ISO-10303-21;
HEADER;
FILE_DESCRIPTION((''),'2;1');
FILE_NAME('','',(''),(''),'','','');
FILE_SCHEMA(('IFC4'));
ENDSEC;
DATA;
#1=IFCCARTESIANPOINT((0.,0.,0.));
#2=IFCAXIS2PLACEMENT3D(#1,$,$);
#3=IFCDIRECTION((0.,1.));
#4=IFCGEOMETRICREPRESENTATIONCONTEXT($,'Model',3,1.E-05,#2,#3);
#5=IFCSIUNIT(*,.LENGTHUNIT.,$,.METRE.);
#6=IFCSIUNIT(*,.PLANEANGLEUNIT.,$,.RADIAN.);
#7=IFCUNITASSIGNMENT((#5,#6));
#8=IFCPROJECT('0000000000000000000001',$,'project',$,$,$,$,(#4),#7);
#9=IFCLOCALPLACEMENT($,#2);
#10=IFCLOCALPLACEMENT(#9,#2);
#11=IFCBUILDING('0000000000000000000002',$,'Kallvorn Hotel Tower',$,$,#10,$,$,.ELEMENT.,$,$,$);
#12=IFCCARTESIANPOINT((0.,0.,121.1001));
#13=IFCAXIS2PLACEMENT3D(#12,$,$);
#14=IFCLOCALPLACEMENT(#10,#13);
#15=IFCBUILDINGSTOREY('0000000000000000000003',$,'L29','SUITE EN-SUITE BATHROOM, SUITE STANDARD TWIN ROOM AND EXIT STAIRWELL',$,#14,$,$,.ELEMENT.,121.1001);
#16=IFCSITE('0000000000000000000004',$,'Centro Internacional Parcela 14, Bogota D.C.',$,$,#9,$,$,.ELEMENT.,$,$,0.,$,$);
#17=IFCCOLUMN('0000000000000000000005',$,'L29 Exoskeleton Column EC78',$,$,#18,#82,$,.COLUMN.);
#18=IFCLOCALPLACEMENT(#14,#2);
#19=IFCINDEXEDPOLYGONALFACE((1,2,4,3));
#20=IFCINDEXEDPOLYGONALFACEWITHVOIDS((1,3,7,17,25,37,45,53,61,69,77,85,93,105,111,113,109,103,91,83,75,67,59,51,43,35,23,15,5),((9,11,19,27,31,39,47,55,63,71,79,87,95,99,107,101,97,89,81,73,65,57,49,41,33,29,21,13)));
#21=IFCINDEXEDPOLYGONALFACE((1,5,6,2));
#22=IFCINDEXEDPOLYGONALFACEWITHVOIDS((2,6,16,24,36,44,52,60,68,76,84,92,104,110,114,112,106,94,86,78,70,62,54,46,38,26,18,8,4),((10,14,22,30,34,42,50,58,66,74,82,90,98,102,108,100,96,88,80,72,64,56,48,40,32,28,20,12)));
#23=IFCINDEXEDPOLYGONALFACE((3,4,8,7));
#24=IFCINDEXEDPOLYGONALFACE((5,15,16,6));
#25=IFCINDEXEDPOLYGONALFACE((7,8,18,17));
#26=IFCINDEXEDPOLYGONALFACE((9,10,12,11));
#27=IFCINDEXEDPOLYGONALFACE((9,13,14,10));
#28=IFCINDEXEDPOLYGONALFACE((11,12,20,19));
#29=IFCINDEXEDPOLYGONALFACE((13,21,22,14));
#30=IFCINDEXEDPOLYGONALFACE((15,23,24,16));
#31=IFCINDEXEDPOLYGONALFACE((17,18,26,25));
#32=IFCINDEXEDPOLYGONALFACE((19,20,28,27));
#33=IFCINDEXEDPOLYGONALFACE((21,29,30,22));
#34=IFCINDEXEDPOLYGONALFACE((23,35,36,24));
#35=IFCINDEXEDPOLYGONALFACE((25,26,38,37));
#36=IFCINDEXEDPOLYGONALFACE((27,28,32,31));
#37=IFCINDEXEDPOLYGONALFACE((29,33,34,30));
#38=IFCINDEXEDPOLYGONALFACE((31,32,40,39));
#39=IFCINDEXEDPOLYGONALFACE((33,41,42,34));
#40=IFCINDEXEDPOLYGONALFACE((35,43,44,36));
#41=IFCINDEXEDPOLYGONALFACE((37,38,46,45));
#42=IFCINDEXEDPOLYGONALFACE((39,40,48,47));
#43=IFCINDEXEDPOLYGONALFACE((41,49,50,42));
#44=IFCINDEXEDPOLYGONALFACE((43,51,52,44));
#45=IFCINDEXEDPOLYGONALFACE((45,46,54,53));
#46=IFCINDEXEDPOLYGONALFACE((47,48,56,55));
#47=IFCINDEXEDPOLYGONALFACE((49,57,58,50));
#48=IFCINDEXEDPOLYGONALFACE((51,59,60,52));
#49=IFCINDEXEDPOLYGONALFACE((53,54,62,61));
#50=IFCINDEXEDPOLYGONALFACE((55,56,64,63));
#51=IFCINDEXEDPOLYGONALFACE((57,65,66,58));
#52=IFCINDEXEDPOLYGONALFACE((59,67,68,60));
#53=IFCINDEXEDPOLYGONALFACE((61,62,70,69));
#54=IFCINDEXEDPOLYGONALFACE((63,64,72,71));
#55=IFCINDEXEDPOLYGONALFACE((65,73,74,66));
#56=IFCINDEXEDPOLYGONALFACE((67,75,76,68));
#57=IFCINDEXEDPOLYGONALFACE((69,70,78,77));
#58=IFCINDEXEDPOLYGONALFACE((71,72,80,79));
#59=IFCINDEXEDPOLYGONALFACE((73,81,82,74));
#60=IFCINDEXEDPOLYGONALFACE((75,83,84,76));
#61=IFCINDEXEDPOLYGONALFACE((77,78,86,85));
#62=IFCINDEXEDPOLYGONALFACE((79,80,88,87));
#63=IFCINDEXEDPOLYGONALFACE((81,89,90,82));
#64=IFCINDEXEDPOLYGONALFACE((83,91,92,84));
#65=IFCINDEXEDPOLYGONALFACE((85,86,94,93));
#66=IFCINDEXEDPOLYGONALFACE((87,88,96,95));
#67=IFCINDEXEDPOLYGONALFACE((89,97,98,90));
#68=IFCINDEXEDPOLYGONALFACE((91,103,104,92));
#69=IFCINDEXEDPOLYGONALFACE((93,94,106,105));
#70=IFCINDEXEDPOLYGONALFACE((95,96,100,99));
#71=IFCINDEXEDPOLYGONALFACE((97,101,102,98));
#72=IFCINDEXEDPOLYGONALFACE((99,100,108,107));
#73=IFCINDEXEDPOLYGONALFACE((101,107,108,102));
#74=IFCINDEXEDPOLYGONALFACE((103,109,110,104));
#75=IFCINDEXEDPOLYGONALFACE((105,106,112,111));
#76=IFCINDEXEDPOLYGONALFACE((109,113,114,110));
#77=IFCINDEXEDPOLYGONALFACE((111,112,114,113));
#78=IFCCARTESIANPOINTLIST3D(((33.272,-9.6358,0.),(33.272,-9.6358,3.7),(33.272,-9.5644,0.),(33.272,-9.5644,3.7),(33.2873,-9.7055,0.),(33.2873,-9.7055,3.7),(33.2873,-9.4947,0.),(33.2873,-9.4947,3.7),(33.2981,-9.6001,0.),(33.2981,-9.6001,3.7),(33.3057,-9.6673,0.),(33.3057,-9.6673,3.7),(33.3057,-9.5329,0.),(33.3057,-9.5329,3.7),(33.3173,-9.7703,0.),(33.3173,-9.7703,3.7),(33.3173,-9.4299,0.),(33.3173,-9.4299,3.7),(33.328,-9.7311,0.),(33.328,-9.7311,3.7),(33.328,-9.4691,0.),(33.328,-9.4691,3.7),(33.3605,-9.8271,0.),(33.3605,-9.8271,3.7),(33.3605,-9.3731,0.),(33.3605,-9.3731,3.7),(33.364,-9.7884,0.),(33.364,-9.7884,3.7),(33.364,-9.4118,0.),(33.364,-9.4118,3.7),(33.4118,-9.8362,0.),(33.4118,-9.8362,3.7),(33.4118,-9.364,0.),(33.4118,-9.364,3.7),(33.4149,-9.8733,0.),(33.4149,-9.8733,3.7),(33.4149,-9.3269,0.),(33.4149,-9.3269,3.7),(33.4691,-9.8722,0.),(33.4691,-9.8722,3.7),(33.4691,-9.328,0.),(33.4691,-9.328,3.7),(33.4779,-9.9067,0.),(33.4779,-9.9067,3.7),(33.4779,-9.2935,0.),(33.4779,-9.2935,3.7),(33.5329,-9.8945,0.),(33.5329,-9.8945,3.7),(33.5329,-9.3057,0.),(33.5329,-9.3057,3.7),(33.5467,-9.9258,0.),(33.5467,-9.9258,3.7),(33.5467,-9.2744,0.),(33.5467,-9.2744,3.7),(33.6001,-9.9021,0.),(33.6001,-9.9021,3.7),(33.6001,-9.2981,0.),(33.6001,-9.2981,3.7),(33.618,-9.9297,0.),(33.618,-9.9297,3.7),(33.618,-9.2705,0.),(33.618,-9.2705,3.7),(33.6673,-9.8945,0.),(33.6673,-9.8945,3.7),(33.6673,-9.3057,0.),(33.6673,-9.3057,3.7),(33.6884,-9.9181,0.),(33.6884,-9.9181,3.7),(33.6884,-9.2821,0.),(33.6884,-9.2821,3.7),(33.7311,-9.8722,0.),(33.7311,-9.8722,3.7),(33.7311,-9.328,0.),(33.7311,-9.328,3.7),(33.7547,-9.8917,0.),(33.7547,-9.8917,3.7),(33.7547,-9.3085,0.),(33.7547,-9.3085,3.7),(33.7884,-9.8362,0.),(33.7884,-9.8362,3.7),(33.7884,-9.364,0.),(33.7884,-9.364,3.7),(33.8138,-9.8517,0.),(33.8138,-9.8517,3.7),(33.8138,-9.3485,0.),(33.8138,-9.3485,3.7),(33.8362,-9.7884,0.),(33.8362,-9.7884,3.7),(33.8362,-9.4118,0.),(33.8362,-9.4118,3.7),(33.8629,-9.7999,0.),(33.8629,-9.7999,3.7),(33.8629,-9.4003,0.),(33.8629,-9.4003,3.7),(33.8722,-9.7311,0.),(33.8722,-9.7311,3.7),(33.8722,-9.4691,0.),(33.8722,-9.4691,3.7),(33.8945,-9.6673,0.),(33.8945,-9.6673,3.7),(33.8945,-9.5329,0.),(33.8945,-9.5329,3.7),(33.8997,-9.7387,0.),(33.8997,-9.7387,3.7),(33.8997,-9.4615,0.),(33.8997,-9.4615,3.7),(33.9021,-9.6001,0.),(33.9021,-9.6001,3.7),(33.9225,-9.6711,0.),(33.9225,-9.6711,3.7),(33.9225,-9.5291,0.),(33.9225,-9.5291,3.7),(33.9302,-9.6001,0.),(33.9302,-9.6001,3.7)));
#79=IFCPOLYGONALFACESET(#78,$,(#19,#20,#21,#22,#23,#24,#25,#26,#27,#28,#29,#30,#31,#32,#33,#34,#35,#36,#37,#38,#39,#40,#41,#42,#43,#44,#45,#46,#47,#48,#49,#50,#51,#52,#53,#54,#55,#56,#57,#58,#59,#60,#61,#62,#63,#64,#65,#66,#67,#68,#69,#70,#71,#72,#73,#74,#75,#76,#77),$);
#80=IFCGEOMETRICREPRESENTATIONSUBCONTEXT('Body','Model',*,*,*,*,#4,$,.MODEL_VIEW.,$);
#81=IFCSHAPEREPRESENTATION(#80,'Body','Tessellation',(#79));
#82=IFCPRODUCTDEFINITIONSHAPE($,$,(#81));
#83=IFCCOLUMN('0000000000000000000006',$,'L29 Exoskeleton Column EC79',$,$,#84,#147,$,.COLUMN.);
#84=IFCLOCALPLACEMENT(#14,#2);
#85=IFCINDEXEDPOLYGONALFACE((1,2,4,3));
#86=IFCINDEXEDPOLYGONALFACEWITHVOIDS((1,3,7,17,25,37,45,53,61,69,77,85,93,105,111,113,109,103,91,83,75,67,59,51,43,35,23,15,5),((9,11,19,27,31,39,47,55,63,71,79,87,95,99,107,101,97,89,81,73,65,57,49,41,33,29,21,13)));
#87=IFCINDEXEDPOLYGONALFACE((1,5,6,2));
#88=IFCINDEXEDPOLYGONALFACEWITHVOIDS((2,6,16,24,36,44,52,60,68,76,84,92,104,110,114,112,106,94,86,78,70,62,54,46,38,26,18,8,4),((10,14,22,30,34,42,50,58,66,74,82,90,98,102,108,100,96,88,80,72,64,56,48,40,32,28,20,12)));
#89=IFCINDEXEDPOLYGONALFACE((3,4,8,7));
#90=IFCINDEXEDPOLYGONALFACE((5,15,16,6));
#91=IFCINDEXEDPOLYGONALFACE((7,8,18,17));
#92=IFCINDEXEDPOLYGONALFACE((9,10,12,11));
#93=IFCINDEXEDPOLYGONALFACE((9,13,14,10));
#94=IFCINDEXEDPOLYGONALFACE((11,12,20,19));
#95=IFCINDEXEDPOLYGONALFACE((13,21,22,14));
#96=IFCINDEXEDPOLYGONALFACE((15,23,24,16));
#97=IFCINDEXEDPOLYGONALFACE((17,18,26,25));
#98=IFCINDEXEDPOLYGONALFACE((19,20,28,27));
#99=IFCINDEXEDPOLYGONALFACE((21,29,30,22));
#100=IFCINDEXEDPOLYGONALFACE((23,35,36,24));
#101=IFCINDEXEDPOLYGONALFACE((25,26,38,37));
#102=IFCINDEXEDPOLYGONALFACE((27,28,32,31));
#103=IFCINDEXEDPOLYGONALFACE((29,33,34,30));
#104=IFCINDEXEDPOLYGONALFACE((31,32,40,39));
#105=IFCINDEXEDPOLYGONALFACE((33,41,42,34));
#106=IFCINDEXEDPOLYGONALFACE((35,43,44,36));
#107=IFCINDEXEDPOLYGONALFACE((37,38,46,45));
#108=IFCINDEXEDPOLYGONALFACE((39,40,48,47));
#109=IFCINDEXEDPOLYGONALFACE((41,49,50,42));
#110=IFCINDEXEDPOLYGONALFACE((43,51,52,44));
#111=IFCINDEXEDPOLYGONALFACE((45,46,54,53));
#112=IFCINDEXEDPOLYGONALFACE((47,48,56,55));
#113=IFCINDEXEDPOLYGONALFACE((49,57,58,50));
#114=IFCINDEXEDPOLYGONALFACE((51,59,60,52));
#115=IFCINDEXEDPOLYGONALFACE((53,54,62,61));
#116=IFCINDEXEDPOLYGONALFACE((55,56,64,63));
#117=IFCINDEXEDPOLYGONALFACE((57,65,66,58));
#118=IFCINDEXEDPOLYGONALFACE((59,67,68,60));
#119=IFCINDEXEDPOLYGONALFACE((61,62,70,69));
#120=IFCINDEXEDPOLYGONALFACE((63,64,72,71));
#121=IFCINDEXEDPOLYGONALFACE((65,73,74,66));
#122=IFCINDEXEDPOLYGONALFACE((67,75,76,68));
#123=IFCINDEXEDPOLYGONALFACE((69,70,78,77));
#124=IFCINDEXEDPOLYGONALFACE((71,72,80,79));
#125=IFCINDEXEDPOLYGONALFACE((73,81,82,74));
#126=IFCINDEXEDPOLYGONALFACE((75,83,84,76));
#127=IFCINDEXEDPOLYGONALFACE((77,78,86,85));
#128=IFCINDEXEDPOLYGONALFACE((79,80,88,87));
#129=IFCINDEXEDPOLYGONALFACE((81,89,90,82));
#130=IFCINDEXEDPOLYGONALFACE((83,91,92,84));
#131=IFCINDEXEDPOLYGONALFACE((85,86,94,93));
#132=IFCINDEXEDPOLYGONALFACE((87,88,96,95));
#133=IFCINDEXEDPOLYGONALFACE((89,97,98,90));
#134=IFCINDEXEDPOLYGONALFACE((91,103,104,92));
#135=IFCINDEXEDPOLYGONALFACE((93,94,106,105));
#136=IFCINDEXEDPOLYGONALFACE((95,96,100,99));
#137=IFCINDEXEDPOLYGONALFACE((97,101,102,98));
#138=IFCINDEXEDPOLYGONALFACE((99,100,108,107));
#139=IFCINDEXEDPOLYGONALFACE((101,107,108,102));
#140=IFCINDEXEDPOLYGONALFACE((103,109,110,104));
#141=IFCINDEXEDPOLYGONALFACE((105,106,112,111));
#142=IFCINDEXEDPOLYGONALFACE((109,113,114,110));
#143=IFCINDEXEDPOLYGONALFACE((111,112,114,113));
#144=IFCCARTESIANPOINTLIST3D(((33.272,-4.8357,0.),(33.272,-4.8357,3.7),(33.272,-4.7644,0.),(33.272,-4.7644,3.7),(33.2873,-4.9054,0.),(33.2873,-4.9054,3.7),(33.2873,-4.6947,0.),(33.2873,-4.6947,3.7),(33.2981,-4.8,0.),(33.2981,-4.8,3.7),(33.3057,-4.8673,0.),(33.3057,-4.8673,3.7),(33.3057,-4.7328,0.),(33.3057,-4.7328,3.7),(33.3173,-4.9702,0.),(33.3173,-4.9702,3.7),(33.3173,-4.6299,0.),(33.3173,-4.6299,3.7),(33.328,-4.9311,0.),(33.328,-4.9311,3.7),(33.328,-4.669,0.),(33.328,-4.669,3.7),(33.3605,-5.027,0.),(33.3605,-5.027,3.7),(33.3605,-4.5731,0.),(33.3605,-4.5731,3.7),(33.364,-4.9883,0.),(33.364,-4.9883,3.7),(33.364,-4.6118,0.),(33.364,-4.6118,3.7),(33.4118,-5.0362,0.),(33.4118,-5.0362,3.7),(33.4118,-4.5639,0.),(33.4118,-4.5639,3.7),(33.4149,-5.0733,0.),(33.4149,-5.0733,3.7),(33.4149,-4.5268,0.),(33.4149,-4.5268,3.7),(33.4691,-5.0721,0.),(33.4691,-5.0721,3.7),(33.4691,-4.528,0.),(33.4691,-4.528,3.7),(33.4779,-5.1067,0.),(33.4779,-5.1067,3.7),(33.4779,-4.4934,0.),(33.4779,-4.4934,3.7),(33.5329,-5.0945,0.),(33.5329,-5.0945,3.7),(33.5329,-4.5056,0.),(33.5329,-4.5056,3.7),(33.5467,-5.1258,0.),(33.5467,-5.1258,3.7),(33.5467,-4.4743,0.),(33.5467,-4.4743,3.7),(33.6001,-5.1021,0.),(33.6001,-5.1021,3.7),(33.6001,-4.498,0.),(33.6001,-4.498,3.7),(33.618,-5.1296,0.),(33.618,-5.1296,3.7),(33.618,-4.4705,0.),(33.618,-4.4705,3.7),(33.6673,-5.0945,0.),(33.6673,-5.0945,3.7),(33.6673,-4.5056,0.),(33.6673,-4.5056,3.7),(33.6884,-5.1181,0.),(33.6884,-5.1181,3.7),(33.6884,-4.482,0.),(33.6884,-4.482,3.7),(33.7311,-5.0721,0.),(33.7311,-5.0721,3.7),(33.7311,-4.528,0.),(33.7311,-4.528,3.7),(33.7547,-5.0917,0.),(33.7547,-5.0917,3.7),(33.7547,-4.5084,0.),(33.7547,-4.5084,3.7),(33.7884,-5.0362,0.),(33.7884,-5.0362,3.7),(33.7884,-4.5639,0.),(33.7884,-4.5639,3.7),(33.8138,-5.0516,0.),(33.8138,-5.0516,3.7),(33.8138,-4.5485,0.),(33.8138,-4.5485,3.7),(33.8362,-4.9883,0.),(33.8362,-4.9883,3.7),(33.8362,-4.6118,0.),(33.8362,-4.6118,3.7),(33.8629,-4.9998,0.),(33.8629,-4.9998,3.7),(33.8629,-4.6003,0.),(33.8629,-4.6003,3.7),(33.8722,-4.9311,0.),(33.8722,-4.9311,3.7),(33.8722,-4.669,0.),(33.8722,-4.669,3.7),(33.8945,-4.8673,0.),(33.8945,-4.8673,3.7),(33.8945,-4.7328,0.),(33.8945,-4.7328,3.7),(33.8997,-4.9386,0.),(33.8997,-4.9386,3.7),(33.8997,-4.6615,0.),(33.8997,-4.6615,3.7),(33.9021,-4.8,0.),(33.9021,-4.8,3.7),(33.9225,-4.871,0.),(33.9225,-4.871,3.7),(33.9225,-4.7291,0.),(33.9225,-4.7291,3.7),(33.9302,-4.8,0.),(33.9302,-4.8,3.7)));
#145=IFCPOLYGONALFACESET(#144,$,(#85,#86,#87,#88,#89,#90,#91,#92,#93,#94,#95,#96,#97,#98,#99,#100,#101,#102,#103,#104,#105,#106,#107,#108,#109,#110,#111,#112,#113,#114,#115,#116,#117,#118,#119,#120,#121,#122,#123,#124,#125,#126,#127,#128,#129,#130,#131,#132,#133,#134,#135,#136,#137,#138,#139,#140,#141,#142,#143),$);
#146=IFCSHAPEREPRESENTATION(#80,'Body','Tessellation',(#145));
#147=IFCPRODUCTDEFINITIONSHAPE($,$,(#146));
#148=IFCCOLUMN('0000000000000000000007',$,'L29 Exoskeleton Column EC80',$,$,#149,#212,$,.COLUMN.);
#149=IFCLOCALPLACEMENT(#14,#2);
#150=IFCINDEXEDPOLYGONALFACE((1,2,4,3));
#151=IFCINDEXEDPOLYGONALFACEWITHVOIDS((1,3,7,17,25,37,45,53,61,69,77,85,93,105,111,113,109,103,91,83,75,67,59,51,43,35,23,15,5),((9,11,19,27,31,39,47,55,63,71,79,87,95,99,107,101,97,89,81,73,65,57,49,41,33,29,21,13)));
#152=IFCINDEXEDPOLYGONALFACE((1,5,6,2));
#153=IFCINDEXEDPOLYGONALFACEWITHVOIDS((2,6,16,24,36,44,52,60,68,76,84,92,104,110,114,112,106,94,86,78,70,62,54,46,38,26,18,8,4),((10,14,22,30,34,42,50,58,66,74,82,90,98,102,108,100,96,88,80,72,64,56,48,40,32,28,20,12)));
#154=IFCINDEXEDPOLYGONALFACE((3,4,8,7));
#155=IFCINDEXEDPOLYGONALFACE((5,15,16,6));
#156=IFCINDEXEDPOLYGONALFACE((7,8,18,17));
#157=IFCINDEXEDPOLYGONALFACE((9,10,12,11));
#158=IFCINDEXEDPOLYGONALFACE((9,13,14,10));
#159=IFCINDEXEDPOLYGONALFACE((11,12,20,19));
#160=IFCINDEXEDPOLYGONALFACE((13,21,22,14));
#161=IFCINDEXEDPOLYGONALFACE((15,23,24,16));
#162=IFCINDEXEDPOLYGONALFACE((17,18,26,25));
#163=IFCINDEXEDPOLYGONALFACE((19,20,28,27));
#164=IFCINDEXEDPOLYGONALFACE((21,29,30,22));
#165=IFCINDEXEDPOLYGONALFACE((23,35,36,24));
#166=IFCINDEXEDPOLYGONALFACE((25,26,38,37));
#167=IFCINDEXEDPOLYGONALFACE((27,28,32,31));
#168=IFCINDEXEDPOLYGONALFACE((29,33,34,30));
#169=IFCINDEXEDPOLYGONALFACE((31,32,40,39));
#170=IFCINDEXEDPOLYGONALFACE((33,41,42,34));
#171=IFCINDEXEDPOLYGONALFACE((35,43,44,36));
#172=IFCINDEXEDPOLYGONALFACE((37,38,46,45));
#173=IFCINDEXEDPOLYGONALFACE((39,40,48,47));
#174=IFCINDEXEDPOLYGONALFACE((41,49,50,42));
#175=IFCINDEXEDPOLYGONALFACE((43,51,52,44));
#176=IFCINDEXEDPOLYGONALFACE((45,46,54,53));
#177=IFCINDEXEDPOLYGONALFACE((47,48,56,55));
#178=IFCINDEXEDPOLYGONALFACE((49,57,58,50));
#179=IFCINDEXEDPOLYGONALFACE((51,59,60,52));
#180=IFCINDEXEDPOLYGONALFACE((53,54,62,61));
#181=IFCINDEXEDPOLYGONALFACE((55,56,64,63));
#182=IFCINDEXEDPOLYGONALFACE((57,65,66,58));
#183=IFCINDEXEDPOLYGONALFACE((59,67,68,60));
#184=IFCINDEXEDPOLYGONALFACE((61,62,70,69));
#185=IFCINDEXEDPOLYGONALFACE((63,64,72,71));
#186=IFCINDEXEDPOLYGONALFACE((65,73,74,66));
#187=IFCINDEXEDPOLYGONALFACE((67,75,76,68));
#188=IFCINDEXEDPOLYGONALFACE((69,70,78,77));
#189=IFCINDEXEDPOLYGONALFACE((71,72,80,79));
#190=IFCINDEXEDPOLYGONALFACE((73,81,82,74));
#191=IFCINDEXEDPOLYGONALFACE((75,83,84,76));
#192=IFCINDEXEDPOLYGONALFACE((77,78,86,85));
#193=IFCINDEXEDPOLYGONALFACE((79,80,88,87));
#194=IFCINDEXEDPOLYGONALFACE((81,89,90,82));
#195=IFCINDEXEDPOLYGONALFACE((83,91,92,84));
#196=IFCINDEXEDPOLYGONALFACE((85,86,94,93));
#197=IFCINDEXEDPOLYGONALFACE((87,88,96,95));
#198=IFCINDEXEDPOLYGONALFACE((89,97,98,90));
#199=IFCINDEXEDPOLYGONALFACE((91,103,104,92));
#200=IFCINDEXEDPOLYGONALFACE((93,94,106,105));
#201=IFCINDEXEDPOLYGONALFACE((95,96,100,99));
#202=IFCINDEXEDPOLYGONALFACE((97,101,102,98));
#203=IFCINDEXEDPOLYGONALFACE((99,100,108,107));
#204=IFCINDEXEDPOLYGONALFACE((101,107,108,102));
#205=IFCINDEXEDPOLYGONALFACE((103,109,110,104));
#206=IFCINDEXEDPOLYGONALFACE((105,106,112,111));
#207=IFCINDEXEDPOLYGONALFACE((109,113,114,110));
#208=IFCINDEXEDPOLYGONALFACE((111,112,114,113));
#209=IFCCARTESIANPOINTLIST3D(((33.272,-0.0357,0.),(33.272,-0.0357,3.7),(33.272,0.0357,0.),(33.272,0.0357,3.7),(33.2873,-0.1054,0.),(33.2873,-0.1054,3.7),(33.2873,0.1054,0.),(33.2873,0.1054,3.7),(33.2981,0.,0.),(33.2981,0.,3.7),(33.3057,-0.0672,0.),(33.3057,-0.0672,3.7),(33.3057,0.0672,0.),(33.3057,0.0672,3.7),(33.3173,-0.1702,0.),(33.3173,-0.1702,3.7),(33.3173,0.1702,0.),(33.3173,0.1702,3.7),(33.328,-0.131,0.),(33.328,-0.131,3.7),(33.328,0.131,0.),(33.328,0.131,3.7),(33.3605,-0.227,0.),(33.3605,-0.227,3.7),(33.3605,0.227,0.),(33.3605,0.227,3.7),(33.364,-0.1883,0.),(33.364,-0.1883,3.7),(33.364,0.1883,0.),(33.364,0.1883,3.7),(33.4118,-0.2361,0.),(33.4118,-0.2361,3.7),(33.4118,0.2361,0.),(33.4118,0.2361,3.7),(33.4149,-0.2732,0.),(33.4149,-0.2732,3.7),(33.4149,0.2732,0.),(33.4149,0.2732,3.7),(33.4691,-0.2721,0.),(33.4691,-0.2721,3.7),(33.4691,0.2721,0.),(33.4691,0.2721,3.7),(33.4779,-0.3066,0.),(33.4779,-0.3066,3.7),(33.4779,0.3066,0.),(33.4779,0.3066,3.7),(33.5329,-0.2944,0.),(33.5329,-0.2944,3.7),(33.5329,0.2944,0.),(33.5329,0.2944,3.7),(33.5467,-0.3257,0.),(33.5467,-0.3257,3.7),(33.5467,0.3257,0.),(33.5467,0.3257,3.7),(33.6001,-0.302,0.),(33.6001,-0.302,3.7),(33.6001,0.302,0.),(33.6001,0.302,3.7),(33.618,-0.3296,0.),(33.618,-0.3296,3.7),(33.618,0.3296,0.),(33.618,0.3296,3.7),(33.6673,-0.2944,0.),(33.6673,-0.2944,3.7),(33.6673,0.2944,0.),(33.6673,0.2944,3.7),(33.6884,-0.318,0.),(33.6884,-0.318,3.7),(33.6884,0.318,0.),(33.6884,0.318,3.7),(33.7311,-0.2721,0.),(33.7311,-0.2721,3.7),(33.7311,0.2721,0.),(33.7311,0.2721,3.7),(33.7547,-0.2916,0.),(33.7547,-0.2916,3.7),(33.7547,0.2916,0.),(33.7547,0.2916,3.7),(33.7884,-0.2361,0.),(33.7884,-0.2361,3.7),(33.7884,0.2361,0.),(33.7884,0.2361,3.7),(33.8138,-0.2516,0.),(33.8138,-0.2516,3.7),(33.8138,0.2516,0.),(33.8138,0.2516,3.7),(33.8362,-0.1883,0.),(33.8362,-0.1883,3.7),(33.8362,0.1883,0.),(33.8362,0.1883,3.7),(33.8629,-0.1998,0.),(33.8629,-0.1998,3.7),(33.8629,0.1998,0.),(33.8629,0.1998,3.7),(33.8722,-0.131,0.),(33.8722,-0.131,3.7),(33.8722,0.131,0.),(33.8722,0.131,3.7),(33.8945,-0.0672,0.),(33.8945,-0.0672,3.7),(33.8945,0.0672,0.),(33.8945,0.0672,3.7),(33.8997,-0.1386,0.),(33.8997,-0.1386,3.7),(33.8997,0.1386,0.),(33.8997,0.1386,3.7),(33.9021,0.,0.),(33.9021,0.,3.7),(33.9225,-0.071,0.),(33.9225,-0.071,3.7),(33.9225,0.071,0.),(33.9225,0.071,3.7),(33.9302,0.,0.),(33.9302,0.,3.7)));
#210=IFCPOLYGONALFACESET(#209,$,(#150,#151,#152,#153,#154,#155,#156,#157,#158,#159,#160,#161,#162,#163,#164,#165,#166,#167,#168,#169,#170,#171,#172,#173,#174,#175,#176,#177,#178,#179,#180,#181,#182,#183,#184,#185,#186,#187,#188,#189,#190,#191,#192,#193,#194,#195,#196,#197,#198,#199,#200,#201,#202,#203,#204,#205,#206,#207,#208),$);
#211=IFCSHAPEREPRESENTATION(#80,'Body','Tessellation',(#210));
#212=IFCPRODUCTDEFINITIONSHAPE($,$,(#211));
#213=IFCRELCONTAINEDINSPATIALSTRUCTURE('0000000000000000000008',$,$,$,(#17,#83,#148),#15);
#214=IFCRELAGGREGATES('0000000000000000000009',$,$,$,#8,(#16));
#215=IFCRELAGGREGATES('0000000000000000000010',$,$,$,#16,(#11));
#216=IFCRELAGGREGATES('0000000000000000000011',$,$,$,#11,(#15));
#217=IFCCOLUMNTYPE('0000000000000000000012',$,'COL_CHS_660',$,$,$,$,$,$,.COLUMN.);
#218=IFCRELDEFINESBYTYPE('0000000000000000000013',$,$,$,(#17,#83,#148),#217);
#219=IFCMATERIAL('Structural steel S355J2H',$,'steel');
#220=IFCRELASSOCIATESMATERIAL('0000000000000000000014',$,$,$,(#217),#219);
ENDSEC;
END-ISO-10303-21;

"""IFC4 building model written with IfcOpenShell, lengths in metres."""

from ifc_helpers import new_model, si_unit, direction, frame, origin, origin_2d, place, context, subcontext, project, spatial, hollow_circle, extrude, material, material_profile, profile_set, type_object, element, save


model = new_model("IFC4")

# Units and contexts
model_context = context("Model", 3, precision=1e-05, world=origin(), true_north=direction((0.0, 1.0)))
body_context = subcontext(model_context, "Body", "Model", "MODEL_VIEW")
ifc_project = project(units=[si_unit("LENGTHUNIT", "METRE"), si_unit("PLANEANGLEUNIT", "RADIAN")], contexts=[model_context])

# Site, building, storey
site_placement = place(None, origin())
site = spatial("IfcSite", under=ifc_project, at=site_placement, Name="Centro Internacional Parcela 14, Bogota D.C.", CompositionType="ELEMENT", RefElevation=0.0)
building_placement = place(site_placement, origin())
building = spatial("IfcBuilding", under=site, at=building_placement, Name="Kallvorn Hotel Tower", CompositionType="ELEMENT")
storey_placement = place(building_placement, frame((0.0, 0.0, 121.1001)))
storey = spatial("IfcBuildingStorey", under=building, at=storey_placement, Name="L29", Description="SUITE EN-SUITE BATHROOM, SUITE STANDARD TWIN ROOM AND EXIT STAIRWELL", CompositionType="ELEMENT", Elevation=121.1001)

# Columns
ifc_material_1 = material(Name="Structural steel S355J2H", Category="steel")
ifc_material_profile_1 = material_profile(ifc_material_1, hollow_circle(Radius=0.3301, WallThickness=0.0281, at=origin_2d()), Name="CHS 660x28")
ifc_profile_set_1 = profile_set([ifc_material_profile_1], Name="Structural steel S355J2H")
column_type = type_object("IfcColumnType", Name="COL_CHS_660", PredefinedType="COLUMN", material=ifc_profile_set_1)
for number, where, z_axis, x_axis, name in (
    (1, (33.6001, -9.6001, 0.0), (0.0, 0.0, 1.0), (1.0, 0.0, 0.0), "L29 Exoskeleton Column EC78"),
    (2, (33.6001, -4.8, 0.0), (0.0, 0.0, 1.0), (1.0, 0.0, 0.0), "L29 Exoskeleton Column EC79"),
    (3, (33.6001, 0.0, 0.0), (0.0, 0.0, 1.0), (1.0, 0.0, 0.0), "L29 Exoskeleton Column EC80"),
):
    element("IfcColumn", number, at=place(storey_placement, frame(where, z_axis=z_axis, x_axis=x_axis)), inside=storey, type_object=column_type, Name=name, PredefinedType="COLUMN", context=body_context, shape_type="SweptSolid", body=[
        extrude(hollow_circle(Radius=0.3301, WallThickness=0.0281, at=origin_2d()), origin(), (0.0, 0.0, 1.0), 3.7),
    ])

save(model, "model.ifc")
